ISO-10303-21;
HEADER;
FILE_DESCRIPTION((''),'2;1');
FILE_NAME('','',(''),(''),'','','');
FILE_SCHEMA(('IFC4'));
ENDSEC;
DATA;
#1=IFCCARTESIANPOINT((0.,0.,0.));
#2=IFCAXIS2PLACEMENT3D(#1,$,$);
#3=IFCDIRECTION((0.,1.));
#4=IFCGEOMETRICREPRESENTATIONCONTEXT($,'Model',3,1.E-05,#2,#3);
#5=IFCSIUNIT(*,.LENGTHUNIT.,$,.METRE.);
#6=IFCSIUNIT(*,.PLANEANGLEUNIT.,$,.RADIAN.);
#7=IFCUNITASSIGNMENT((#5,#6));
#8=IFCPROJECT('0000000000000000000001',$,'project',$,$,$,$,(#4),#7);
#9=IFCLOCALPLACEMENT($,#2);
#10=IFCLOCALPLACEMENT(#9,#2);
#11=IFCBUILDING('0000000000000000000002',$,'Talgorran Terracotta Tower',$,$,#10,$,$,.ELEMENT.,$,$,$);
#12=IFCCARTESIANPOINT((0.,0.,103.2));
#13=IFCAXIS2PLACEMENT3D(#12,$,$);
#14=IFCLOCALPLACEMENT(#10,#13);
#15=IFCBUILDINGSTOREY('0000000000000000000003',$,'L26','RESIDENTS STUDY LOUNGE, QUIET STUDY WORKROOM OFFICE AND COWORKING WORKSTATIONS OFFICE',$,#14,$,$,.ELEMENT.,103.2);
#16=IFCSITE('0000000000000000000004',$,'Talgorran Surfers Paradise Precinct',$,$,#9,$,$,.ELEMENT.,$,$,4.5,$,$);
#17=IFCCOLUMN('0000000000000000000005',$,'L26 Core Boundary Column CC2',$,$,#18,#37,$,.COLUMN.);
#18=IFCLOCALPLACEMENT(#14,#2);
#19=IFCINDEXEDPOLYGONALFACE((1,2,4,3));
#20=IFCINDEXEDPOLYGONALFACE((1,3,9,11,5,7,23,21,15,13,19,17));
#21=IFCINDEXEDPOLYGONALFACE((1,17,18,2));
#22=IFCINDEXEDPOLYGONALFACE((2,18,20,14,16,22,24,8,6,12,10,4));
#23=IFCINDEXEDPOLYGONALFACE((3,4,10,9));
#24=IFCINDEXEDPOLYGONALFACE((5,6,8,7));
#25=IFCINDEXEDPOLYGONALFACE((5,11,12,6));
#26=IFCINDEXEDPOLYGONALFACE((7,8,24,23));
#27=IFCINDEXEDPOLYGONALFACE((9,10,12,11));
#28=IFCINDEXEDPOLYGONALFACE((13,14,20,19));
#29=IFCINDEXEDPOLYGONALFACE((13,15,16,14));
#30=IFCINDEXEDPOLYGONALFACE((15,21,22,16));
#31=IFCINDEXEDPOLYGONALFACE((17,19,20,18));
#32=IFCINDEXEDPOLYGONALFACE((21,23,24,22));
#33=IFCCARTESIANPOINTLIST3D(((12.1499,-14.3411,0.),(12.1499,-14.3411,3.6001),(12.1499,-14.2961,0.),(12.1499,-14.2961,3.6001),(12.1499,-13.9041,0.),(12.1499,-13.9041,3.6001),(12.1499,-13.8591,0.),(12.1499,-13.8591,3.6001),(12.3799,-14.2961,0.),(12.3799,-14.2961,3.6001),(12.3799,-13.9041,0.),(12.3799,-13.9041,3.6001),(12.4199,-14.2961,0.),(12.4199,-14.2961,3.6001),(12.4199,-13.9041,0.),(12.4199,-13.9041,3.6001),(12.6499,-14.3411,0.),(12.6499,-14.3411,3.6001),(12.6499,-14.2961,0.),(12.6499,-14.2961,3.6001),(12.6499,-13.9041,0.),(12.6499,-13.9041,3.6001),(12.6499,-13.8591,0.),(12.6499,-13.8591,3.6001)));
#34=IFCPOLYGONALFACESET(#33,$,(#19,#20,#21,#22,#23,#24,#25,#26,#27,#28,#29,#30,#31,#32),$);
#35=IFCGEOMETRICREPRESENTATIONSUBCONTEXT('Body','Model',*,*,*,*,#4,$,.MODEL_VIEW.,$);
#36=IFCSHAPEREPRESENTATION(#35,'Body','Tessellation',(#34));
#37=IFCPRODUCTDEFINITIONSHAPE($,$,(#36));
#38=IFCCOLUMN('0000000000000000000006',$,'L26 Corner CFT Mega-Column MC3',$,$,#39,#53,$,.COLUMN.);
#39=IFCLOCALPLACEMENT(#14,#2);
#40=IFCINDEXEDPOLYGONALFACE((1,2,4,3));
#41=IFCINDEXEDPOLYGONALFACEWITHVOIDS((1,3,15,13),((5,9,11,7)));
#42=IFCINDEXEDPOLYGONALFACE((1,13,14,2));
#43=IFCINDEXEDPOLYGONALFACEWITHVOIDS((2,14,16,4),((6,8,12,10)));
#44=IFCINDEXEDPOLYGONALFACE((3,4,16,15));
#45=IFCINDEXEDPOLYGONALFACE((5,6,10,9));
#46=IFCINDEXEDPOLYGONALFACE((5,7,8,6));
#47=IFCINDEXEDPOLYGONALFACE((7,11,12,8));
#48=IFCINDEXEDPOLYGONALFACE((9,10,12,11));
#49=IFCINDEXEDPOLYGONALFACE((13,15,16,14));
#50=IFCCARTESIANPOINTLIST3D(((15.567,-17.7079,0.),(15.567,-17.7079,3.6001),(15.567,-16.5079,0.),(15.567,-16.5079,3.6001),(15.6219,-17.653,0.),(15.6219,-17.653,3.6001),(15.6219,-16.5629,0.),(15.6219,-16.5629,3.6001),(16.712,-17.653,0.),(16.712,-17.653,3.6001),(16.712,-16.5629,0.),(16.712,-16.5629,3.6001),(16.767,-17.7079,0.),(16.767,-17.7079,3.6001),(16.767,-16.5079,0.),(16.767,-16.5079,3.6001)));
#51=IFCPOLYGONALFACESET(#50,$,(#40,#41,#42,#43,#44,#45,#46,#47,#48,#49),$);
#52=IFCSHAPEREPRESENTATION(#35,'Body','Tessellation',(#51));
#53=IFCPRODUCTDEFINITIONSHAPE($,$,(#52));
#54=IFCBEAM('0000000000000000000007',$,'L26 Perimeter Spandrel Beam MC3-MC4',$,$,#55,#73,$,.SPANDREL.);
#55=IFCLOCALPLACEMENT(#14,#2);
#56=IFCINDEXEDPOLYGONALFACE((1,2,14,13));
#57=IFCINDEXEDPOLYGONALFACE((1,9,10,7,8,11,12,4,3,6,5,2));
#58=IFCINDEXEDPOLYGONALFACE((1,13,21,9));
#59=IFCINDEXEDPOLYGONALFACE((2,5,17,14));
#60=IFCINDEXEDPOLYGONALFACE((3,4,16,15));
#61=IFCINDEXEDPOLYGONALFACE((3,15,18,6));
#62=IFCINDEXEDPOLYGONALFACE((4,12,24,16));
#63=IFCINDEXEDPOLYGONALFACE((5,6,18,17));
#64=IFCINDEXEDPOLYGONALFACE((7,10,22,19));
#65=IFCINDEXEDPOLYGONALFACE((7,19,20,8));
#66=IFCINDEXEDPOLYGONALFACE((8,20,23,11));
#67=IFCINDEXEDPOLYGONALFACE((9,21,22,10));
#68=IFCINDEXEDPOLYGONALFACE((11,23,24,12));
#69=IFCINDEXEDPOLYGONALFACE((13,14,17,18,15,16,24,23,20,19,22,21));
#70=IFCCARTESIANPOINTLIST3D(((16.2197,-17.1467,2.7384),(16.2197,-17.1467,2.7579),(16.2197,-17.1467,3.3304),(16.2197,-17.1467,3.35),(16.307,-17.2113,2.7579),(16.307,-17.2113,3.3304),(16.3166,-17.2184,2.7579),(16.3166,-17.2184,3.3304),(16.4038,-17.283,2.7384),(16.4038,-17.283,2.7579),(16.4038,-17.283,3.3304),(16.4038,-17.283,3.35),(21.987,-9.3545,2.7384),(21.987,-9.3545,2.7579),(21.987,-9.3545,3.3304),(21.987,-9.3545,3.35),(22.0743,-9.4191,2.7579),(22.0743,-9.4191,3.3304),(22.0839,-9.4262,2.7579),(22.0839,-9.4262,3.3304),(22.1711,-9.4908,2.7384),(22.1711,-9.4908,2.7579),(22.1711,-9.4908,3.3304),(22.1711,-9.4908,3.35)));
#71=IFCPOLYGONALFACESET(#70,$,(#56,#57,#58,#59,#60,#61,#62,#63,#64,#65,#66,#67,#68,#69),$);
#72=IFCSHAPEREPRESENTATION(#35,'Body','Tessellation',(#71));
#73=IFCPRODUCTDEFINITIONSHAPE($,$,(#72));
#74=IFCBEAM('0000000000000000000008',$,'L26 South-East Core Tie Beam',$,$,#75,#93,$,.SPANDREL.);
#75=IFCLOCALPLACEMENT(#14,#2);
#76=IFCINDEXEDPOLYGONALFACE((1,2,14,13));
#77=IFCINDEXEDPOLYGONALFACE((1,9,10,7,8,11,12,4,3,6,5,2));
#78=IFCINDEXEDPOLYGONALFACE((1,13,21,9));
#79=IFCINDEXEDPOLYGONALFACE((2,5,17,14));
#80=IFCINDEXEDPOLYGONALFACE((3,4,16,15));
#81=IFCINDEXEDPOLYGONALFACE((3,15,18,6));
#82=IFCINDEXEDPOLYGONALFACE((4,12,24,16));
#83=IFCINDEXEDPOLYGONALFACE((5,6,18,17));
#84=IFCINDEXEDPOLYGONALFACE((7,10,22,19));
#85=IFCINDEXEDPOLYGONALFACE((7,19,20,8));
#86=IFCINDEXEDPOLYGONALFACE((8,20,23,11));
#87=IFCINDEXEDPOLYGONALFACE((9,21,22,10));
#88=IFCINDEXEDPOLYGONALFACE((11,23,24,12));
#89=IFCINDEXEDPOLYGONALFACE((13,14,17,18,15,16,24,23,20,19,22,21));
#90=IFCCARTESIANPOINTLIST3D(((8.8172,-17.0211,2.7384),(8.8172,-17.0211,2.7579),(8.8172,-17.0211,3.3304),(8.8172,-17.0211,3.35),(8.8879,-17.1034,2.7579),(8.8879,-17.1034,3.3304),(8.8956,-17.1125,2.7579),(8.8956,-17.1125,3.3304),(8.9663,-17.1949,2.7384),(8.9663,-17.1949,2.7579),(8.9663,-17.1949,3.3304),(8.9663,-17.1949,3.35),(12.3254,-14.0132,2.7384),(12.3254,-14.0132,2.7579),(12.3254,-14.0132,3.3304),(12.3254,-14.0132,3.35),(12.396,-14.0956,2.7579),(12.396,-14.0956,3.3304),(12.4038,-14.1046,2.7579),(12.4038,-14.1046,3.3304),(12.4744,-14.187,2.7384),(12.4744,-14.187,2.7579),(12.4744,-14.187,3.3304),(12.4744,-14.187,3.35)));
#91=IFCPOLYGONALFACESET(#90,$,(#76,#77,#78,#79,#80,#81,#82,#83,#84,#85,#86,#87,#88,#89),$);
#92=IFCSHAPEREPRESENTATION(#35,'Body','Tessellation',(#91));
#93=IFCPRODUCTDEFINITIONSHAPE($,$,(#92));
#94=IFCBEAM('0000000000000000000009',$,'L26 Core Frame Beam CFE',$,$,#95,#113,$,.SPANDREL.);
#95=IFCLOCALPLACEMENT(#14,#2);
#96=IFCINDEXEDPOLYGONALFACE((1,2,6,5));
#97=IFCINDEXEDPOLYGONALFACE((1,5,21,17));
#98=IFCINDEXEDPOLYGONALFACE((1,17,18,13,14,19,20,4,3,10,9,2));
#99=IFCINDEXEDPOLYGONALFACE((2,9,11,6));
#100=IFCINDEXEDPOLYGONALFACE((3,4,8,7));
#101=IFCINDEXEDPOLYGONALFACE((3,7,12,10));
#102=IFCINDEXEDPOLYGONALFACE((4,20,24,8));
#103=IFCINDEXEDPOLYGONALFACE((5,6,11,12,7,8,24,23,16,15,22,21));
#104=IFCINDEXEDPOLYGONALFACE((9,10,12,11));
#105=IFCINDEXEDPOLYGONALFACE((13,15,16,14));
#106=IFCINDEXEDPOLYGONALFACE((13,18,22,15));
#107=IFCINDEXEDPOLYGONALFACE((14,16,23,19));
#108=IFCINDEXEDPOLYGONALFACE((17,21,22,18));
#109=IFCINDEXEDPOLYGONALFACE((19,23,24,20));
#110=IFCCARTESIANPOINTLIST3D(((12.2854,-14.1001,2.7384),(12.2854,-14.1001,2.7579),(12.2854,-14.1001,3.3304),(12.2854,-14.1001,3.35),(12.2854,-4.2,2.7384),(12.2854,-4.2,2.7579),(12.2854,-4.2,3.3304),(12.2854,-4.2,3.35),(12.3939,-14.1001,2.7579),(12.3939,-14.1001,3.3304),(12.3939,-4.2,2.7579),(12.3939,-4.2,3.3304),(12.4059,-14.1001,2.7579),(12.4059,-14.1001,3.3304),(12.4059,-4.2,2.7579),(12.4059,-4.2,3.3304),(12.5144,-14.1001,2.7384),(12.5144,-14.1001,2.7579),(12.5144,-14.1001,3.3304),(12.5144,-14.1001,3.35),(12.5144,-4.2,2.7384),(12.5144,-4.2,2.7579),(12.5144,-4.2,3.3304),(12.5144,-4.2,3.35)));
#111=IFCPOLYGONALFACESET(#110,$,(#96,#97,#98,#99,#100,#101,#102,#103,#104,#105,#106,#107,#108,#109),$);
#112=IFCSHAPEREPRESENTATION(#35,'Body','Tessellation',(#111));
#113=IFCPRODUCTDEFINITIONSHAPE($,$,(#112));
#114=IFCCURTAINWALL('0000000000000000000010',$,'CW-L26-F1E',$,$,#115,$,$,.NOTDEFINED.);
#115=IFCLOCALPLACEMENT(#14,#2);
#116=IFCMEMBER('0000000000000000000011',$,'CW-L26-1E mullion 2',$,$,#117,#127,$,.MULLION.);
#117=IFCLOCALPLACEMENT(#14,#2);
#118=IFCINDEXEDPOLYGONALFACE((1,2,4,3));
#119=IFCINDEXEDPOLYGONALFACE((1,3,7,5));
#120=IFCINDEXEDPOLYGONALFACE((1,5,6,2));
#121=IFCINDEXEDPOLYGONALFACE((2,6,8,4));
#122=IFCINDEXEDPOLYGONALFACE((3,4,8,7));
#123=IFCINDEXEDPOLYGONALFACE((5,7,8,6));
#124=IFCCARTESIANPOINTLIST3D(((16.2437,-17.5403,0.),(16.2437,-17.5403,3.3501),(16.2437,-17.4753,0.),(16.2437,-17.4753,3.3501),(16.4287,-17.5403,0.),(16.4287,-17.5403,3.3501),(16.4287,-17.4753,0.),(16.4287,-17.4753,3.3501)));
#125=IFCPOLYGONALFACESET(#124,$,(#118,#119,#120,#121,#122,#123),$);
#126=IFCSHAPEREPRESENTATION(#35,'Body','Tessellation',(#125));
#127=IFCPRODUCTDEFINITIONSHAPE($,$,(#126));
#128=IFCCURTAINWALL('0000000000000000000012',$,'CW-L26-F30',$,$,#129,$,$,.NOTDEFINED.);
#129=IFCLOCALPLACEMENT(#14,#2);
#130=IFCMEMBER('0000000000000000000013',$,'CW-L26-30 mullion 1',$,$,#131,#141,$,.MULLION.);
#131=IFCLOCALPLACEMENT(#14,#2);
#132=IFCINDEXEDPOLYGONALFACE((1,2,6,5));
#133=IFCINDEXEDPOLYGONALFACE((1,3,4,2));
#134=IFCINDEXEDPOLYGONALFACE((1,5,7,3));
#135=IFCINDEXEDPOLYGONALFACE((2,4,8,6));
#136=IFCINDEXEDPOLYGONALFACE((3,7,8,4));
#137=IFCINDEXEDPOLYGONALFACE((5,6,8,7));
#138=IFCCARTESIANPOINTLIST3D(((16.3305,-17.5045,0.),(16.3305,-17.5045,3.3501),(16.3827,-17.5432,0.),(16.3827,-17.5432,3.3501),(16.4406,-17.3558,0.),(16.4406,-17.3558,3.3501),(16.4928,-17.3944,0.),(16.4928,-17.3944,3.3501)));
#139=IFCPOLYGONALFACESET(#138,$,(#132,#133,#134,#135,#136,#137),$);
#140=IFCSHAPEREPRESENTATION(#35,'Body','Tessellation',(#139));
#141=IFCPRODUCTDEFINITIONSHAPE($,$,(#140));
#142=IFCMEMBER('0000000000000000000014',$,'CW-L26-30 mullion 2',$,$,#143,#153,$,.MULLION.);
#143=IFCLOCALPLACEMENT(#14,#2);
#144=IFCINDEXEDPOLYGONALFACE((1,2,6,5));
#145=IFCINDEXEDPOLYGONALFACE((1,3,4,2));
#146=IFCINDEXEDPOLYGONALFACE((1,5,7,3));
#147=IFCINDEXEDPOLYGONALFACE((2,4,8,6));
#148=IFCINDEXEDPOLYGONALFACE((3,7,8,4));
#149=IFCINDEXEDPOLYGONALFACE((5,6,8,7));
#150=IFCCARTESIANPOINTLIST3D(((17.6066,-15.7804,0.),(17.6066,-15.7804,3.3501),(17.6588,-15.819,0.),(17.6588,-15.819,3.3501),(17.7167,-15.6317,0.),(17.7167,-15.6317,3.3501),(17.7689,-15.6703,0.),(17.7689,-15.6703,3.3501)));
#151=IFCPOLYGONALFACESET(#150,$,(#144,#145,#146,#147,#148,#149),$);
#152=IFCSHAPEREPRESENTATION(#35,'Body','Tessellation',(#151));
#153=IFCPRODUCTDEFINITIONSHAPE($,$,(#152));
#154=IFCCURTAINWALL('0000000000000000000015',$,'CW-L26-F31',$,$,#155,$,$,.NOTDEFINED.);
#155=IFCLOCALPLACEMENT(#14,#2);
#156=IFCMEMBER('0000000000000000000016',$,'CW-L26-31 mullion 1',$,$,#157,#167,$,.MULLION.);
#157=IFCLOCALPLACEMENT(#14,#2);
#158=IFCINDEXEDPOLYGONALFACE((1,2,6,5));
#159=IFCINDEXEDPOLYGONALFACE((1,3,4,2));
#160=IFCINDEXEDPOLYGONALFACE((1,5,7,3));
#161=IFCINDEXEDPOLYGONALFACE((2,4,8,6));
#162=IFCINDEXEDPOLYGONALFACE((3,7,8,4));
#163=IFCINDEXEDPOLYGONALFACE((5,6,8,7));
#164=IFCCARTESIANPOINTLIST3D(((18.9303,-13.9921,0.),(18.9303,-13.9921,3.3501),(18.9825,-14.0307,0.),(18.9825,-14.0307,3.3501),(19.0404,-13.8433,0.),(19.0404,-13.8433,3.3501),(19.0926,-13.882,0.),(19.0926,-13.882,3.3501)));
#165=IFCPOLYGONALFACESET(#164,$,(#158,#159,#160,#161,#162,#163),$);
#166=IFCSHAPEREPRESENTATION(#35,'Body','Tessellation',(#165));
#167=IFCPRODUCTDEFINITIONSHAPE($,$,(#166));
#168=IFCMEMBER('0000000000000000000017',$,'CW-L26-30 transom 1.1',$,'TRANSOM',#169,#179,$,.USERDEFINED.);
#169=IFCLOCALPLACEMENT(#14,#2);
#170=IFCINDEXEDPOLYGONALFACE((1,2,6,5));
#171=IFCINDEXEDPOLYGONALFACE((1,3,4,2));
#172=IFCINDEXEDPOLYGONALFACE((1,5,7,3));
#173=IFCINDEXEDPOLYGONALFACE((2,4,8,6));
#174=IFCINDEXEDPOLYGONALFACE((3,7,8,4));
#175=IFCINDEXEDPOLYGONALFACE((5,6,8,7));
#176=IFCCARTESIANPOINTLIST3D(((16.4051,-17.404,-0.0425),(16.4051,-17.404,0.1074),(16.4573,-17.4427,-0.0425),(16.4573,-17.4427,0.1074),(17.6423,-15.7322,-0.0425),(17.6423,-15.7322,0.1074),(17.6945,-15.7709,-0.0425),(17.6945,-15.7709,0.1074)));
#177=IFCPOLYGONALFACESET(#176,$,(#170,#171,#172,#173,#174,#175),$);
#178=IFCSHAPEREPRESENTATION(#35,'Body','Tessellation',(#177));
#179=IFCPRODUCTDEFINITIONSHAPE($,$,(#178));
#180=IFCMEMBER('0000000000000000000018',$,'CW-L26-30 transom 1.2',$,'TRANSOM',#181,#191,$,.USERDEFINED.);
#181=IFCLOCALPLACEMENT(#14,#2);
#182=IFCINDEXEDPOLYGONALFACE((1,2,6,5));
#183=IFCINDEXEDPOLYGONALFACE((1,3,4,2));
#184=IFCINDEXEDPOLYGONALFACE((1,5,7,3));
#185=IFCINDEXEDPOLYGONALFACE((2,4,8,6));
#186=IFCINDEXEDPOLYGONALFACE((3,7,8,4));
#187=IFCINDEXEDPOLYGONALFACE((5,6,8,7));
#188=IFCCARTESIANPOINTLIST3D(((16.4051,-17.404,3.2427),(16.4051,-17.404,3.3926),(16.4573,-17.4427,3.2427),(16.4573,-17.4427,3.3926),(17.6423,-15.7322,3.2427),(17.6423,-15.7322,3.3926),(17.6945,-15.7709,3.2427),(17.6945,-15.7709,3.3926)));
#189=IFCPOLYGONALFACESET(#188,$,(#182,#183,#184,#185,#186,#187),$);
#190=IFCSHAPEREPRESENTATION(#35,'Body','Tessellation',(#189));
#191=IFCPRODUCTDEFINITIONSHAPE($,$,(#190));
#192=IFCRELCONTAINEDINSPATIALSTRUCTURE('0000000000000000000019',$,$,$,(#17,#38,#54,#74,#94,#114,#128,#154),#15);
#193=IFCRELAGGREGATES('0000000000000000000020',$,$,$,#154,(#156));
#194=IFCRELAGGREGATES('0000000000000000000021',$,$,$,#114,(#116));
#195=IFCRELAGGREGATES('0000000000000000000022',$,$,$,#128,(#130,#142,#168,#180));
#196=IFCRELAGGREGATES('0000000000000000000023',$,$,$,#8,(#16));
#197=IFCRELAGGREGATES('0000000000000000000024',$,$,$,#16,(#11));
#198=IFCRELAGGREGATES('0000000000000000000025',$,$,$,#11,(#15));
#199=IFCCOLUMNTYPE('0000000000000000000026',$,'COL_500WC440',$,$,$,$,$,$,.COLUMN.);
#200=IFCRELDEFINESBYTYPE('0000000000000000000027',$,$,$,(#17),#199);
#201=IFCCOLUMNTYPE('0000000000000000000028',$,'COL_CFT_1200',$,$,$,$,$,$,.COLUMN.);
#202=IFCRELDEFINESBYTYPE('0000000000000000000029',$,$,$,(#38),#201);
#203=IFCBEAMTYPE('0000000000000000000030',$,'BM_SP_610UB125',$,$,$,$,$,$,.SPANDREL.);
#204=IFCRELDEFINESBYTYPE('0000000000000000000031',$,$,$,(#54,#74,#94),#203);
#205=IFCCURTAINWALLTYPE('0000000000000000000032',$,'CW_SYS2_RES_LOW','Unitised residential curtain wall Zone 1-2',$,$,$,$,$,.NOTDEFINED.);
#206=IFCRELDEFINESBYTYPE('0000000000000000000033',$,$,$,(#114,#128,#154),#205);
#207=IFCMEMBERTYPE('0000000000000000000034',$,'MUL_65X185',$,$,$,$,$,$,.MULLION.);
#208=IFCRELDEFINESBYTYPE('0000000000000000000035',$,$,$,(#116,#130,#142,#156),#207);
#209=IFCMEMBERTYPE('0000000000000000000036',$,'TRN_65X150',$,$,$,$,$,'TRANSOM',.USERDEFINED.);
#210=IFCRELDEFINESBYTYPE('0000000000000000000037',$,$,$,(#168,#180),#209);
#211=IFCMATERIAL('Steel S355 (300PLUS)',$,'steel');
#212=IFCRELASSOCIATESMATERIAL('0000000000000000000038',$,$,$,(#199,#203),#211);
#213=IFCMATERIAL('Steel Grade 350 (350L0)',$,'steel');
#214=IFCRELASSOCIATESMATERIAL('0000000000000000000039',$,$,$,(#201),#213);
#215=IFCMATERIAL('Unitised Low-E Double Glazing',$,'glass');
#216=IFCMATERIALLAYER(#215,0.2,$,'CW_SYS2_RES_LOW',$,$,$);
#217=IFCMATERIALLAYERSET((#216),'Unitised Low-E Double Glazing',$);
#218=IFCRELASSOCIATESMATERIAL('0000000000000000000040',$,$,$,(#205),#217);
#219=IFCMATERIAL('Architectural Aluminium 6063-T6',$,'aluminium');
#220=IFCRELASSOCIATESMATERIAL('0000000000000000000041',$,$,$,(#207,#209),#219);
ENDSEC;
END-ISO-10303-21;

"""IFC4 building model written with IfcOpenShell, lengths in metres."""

from ifc_helpers import new_model, si_unit, direction, frame, origin, origin_2d, place, context, subcontext, project, spatial, rectangle, hollow_rectangle, i_section, extrude, material, layer, layer_set, material_profile, profile_set, type_object, element, aggregate, save


model = new_model("IFC4")

# Units and contexts
model_context = context("Model", 3, precision=1e-05, world=origin(), true_north=direction((0.0, 1.0)))
body_context = subcontext(model_context, "Body", "Model", "MODEL_VIEW")
ifc_project = project(units=[si_unit("LENGTHUNIT", "METRE"), si_unit("PLANEANGLEUNIT", "RADIAN")], contexts=[model_context])

# Site, building, storey
site_placement = place(None, origin())
site = spatial("IfcSite", under=ifc_project, at=site_placement, Name="Talgorran Surfers Paradise Precinct", CompositionType="ELEMENT", RefElevation=4.5)
building_placement = place(site_placement, origin())
building = spatial("IfcBuilding", under=site, at=building_placement, Name="Talgorran Terracotta Tower", CompositionType="ELEMENT")
storey_placement = place(building_placement, frame((0.0, 0.0, 103.2)))
storey = spatial("IfcBuildingStorey", under=building, at=storey_placement, Name="L26", Description="RESIDENTS STUDY LOUNGE, QUIET STUDY WORKROOM OFFICE AND COWORKING WORKSTATIONS OFFICE", CompositionType="ELEMENT", Elevation=103.2)

# Columns
ifc_material_1 = material(Name="Steel S355 (300PLUS)", Category="steel")
ifc_material_profile_1 = material_profile(ifc_material_1, i_section(OverallWidth=0.5, OverallDepth=0.4819, WebThickness=0.04, FlangeThickness=0.0449, at=origin_2d()), Name="500WC440")
ifc_profile_set_1 = profile_set([ifc_material_profile_1], Name="Steel S355 (300PLUS)")
column_type_1 = type_object("IfcColumnType", Name="COL_500WC440", PredefinedType="COLUMN", material=ifc_profile_set_1)
column_1_placement = place(storey_placement, frame((12.3999, -14.1001, 0.0), z_axis=(0.0, 0.0, 1.0), x_axis=(1.0, 0.0, 0.0)))
element("IfcColumn", 1, at=column_1_placement, inside=storey, type_object=column_type_1, Name="L26 Core Boundary Column CC2", PredefinedType="COLUMN", context=body_context, shape_type="SweptSolid", body=[
    extrude(i_section(OverallWidth=0.5, OverallDepth=0.4819, WebThickness=0.04, FlangeThickness=0.0449, at=origin_2d()), origin(), (0.0, 0.0, 1.0), 3.6001),
])
ifc_material_2 = material(Name="Steel Grade 350 (350L0)", Category="steel")
ifc_material_profile_2 = material_profile(ifc_material_2, hollow_rectangle(XDim=1.2, YDim=1.2, WallThickness=0.0549, at=origin_2d()), Name="CFT1200X1200X55")
ifc_profile_set_2 = profile_set([ifc_material_profile_2], Name="Steel Grade 350 (350L0)")
column_type_2 = type_object("IfcColumnType", Name="COL_CFT_1200", PredefinedType="COLUMN", material=ifc_profile_set_2)
column_2_placement = place(storey_placement, frame((16.167, -17.1079, 0.0), z_axis=(0.0, 0.0, 1.0), x_axis=(1.0, 0.0, 0.0)))
element("IfcColumn", 2, at=column_2_placement, inside=storey, type_object=column_type_2, Name="L26 Corner CFT Mega-Column MC3", PredefinedType="COLUMN", context=body_context, shape_type="SweptSolid", body=[
    extrude(hollow_rectangle(XDim=1.2, YDim=1.2, WallThickness=0.0549, at=origin_2d()), origin(), (0.0, 0.0, 1.0), 3.6001),
])

# Beams
ifc_material_profile_3 = material_profile(ifc_material_1, i_section(OverallWidth=0.229, OverallDepth=0.6116, WebThickness=0.012, FlangeThickness=0.0195, at=origin_2d()), Name="610UB125")
ifc_profile_set_3 = profile_set([ifc_material_profile_3], Name="Steel S355 (300PLUS)")
beam_type = type_object("IfcBeamType", Name="BM_SP_610UB125", PredefinedType="SPANDREL", material=ifc_profile_set_3)
beam_1_placement = place(storey_placement, frame((16.3118, -17.2148, 3.0442), z_axis=(0.594915, 0.803789, 0.0), x_axis=(-0.803789, 0.594915, 0.0)))
element("IfcBeam", 3, at=beam_1_placement, inside=storey, type_object=beam_type, Name="L26 Perimeter Spandrel Beam MC3-MC4", PredefinedType="SPANDREL", context=body_context, shape_type="SweptSolid", body=[
    extrude(i_section(OverallWidth=0.229, OverallDepth=0.6116, WebThickness=0.012, FlangeThickness=0.0195, at=origin_2d()), origin(), (0.0, 0.0, 1.0), 9.6943),
])
beam_2_placement = place(storey_placement, frame((12.3999, -14.1001, 3.0442), z_axis=(-0.75916, -0.650904, 0.0), x_axis=(0.650904, -0.75916, 0.0)))
element("IfcBeam", 4, at=beam_2_placement, inside=storey, type_object=beam_type, Name="L26 South-East Core Tie Beam", PredefinedType="SPANDREL", context=body_context, shape_type="SweptSolid", body=[
    extrude(i_section(OverallWidth=0.229, OverallDepth=0.6116, WebThickness=0.012, FlangeThickness=0.0195, at=origin_2d()), origin(), (0.0, 0.0, 1.0), 4.6211),
])
beam_3_placement = place(storey_placement, frame((12.3999, -14.1001, 3.0442), z_axis=(0.0, 1.0, 0.0), x_axis=(-1.0, 0.0, 0.0)))
element("IfcBeam", 5, at=beam_3_placement, inside=storey, type_object=beam_type, Name="L26 Core Frame Beam CFE", PredefinedType="SPANDREL", context=body_context, shape_type="SweptSolid", body=[
    extrude(i_section(OverallWidth=0.229, OverallDepth=0.6116, WebThickness=0.012, FlangeThickness=0.0195, at=origin_2d()), origin(), (0.0, 0.0, 1.0), 9.9001),
])

# Curtain wall, member
ifc_material_3 = material(Name="Unitised Low-E Double Glazing", Category="glass")
ifc_layer_1 = layer(ifc_material_3, 0.2, Name="CW_SYS2_RES_LOW")
ifc_layer_set_1 = layer_set([ifc_layer_1], Name="Unitised Low-E Double Glazing")
curtain_wall_type = type_object("IfcCurtainWallType", Name="CW_SYS2_RES_LOW", Description="Unitised residential curtain wall Zone 1-2", PredefinedType="NOTDEFINED", material=ifc_layer_set_1)
curtain_wall_1_placement = place(storey_placement, origin())
curtain_wall_1 = element("IfcCurtainWall", 6, at=curtain_wall_1_placement, inside=storey, type_object=curtain_wall_type, Name="CW-L26-F1E", PredefinedType="NOTDEFINED")
ifc_material_4 = material(Name="Architectural Aluminium 6063-T6", Category="aluminium")
ifc_material_profile_4 = material_profile(ifc_material_4, rectangle(XDim=0.0649, YDim=0.1851, at=origin_2d()), Name="CWM65X185")
ifc_profile_set_4 = profile_set([ifc_material_profile_4], Name="Architectural Aluminium 6063-T6")
member_type_1 = type_object("IfcMemberType", Name="MUL_65X185", PredefinedType="MULLION", material=ifc_profile_set_4)
member_1_placement = place(storey_placement, frame((16.3362, -17.5078, 0.0), z_axis=(0.0, 0.0, 1.0), x_axis=(0.0, 1.0, 0.0)))
member_1 = element("IfcMember", 7, at=member_1_placement, type_object=member_type_1, Name="CW-L26-1E mullion 2", PredefinedType="MULLION", context=body_context, shape_type="SweptSolid", body=[
    extrude(rectangle(XDim=0.0649, YDim=0.1851, at=origin_2d()), origin(), (0.0, 0.0, 1.0), 3.3501),
])

# Curtain wall, members
curtain_wall_2_placement = place(storey_placement, origin())
curtain_wall_2 = element("IfcCurtainWall", 8, at=curtain_wall_2_placement, inside=storey, type_object=curtain_wall_type, Name="CW-L26-F30", PredefinedType="NOTDEFINED")
member_2_placement = place(storey_placement, frame((16.4116, -17.4495, 0.0), z_axis=(0.0, 0.0, 1.0), x_axis=(-0.80379, 0.594913, 0.0)))
member_2 = element("IfcMember", 9, at=member_2_placement, type_object=member_type_1, Name="CW-L26-30 mullion 1", PredefinedType="MULLION", context=body_context, shape_type="SweptSolid", body=[
    extrude(rectangle(XDim=0.0649, YDim=0.1851, at=origin_2d()), origin(), (0.0, 0.0, 1.0), 3.3501),
])
member_3_placement = place(storey_placement, frame((17.6877, -15.7253, 0.0), z_axis=(0.0, 0.0, 1.0), x_axis=(-0.80379, 0.594913, 0.0)))
member_3 = element("IfcMember", 10, at=member_3_placement, type_object=member_type_1, Name="CW-L26-30 mullion 2", PredefinedType="MULLION", context=body_context, shape_type="SweptSolid", body=[
    extrude(rectangle(XDim=0.0649, YDim=0.1851, at=origin_2d()), origin(), (0.0, 0.0, 1.0), 3.3501),
])

# Curtain wall, member
curtain_wall_3_placement = place(storey_placement, origin())
curtain_wall_3 = element("IfcCurtainWall", 11, at=curtain_wall_3_placement, inside=storey, type_object=curtain_wall_type, Name="CW-L26-F31", PredefinedType="NOTDEFINED")
member_4_placement = place(storey_placement, frame((19.0115, -13.937, 0.0), z_axis=(0.0, 0.0, 1.0), x_axis=(-0.803792, 0.594911, 0.0)))
member_4 = element("IfcMember", 12, at=member_4_placement, type_object=member_type_1, Name="CW-L26-31 mullion 1", PredefinedType="MULLION", context=body_context, shape_type="SweptSolid", body=[
    extrude(rectangle(XDim=0.0649, YDim=0.1851, at=origin_2d()), origin(), (0.0, 0.0, 1.0), 3.3501),
])

# Members
ifc_material_profile_5 = material_profile(ifc_material_4, rectangle(XDim=0.0649, YDim=0.1499, at=origin_2d()), Name="CWT65X150")
ifc_profile_set_5 = profile_set([ifc_material_profile_5], Name="Architectural Aluminium 6063-T6")
member_type_2 = type_object("IfcMemberType", Name="TRN_65X150", ElementType="TRANSOM", PredefinedType="USERDEFINED", material=ifc_profile_set_5)
member_5_placement = place(storey_placement, frame((16.4312, -17.4233, 0.0325), z_axis=(0.594879, 0.803815, 0.0), x_axis=(-0.803815, 0.594879, 0.0)))
member_5 = element("IfcMember", 13, at=member_5_placement, type_object=member_type_2, Name="CW-L26-30 transom 1.1", ObjectType="TRANSOM", PredefinedType="USERDEFINED", context=body_context, shape_type="SweptSolid", body=[
    extrude(rectangle(XDim=0.0649, YDim=0.1499, at=origin_2d()), origin(), (0.0, 0.0, 1.0), 2.0798),
])
member_6_placement = place(storey_placement, frame((16.4312, -17.4233, 3.3176), z_axis=(0.594879, 0.803815, 0.0), x_axis=(-0.803815, 0.594879, 0.0)))
member_6 = element("IfcMember", 14, at=member_6_placement, type_object=member_type_2, Name="CW-L26-30 transom 1.2", ObjectType="TRANSOM", PredefinedType="USERDEFINED", context=body_context, shape_type="SweptSolid", body=[
    extrude(rectangle(XDim=0.0649, YDim=0.1499, at=origin_2d()), origin(), (0.0, 0.0, 1.0), 2.0798),
])
aggregate(curtain_wall_3, [member_4])

aggregate(curtain_wall_1, [member_1])
aggregate(curtain_wall_2, [member_2, member_3, member_5, member_6])

save(model, "model.ifc")
